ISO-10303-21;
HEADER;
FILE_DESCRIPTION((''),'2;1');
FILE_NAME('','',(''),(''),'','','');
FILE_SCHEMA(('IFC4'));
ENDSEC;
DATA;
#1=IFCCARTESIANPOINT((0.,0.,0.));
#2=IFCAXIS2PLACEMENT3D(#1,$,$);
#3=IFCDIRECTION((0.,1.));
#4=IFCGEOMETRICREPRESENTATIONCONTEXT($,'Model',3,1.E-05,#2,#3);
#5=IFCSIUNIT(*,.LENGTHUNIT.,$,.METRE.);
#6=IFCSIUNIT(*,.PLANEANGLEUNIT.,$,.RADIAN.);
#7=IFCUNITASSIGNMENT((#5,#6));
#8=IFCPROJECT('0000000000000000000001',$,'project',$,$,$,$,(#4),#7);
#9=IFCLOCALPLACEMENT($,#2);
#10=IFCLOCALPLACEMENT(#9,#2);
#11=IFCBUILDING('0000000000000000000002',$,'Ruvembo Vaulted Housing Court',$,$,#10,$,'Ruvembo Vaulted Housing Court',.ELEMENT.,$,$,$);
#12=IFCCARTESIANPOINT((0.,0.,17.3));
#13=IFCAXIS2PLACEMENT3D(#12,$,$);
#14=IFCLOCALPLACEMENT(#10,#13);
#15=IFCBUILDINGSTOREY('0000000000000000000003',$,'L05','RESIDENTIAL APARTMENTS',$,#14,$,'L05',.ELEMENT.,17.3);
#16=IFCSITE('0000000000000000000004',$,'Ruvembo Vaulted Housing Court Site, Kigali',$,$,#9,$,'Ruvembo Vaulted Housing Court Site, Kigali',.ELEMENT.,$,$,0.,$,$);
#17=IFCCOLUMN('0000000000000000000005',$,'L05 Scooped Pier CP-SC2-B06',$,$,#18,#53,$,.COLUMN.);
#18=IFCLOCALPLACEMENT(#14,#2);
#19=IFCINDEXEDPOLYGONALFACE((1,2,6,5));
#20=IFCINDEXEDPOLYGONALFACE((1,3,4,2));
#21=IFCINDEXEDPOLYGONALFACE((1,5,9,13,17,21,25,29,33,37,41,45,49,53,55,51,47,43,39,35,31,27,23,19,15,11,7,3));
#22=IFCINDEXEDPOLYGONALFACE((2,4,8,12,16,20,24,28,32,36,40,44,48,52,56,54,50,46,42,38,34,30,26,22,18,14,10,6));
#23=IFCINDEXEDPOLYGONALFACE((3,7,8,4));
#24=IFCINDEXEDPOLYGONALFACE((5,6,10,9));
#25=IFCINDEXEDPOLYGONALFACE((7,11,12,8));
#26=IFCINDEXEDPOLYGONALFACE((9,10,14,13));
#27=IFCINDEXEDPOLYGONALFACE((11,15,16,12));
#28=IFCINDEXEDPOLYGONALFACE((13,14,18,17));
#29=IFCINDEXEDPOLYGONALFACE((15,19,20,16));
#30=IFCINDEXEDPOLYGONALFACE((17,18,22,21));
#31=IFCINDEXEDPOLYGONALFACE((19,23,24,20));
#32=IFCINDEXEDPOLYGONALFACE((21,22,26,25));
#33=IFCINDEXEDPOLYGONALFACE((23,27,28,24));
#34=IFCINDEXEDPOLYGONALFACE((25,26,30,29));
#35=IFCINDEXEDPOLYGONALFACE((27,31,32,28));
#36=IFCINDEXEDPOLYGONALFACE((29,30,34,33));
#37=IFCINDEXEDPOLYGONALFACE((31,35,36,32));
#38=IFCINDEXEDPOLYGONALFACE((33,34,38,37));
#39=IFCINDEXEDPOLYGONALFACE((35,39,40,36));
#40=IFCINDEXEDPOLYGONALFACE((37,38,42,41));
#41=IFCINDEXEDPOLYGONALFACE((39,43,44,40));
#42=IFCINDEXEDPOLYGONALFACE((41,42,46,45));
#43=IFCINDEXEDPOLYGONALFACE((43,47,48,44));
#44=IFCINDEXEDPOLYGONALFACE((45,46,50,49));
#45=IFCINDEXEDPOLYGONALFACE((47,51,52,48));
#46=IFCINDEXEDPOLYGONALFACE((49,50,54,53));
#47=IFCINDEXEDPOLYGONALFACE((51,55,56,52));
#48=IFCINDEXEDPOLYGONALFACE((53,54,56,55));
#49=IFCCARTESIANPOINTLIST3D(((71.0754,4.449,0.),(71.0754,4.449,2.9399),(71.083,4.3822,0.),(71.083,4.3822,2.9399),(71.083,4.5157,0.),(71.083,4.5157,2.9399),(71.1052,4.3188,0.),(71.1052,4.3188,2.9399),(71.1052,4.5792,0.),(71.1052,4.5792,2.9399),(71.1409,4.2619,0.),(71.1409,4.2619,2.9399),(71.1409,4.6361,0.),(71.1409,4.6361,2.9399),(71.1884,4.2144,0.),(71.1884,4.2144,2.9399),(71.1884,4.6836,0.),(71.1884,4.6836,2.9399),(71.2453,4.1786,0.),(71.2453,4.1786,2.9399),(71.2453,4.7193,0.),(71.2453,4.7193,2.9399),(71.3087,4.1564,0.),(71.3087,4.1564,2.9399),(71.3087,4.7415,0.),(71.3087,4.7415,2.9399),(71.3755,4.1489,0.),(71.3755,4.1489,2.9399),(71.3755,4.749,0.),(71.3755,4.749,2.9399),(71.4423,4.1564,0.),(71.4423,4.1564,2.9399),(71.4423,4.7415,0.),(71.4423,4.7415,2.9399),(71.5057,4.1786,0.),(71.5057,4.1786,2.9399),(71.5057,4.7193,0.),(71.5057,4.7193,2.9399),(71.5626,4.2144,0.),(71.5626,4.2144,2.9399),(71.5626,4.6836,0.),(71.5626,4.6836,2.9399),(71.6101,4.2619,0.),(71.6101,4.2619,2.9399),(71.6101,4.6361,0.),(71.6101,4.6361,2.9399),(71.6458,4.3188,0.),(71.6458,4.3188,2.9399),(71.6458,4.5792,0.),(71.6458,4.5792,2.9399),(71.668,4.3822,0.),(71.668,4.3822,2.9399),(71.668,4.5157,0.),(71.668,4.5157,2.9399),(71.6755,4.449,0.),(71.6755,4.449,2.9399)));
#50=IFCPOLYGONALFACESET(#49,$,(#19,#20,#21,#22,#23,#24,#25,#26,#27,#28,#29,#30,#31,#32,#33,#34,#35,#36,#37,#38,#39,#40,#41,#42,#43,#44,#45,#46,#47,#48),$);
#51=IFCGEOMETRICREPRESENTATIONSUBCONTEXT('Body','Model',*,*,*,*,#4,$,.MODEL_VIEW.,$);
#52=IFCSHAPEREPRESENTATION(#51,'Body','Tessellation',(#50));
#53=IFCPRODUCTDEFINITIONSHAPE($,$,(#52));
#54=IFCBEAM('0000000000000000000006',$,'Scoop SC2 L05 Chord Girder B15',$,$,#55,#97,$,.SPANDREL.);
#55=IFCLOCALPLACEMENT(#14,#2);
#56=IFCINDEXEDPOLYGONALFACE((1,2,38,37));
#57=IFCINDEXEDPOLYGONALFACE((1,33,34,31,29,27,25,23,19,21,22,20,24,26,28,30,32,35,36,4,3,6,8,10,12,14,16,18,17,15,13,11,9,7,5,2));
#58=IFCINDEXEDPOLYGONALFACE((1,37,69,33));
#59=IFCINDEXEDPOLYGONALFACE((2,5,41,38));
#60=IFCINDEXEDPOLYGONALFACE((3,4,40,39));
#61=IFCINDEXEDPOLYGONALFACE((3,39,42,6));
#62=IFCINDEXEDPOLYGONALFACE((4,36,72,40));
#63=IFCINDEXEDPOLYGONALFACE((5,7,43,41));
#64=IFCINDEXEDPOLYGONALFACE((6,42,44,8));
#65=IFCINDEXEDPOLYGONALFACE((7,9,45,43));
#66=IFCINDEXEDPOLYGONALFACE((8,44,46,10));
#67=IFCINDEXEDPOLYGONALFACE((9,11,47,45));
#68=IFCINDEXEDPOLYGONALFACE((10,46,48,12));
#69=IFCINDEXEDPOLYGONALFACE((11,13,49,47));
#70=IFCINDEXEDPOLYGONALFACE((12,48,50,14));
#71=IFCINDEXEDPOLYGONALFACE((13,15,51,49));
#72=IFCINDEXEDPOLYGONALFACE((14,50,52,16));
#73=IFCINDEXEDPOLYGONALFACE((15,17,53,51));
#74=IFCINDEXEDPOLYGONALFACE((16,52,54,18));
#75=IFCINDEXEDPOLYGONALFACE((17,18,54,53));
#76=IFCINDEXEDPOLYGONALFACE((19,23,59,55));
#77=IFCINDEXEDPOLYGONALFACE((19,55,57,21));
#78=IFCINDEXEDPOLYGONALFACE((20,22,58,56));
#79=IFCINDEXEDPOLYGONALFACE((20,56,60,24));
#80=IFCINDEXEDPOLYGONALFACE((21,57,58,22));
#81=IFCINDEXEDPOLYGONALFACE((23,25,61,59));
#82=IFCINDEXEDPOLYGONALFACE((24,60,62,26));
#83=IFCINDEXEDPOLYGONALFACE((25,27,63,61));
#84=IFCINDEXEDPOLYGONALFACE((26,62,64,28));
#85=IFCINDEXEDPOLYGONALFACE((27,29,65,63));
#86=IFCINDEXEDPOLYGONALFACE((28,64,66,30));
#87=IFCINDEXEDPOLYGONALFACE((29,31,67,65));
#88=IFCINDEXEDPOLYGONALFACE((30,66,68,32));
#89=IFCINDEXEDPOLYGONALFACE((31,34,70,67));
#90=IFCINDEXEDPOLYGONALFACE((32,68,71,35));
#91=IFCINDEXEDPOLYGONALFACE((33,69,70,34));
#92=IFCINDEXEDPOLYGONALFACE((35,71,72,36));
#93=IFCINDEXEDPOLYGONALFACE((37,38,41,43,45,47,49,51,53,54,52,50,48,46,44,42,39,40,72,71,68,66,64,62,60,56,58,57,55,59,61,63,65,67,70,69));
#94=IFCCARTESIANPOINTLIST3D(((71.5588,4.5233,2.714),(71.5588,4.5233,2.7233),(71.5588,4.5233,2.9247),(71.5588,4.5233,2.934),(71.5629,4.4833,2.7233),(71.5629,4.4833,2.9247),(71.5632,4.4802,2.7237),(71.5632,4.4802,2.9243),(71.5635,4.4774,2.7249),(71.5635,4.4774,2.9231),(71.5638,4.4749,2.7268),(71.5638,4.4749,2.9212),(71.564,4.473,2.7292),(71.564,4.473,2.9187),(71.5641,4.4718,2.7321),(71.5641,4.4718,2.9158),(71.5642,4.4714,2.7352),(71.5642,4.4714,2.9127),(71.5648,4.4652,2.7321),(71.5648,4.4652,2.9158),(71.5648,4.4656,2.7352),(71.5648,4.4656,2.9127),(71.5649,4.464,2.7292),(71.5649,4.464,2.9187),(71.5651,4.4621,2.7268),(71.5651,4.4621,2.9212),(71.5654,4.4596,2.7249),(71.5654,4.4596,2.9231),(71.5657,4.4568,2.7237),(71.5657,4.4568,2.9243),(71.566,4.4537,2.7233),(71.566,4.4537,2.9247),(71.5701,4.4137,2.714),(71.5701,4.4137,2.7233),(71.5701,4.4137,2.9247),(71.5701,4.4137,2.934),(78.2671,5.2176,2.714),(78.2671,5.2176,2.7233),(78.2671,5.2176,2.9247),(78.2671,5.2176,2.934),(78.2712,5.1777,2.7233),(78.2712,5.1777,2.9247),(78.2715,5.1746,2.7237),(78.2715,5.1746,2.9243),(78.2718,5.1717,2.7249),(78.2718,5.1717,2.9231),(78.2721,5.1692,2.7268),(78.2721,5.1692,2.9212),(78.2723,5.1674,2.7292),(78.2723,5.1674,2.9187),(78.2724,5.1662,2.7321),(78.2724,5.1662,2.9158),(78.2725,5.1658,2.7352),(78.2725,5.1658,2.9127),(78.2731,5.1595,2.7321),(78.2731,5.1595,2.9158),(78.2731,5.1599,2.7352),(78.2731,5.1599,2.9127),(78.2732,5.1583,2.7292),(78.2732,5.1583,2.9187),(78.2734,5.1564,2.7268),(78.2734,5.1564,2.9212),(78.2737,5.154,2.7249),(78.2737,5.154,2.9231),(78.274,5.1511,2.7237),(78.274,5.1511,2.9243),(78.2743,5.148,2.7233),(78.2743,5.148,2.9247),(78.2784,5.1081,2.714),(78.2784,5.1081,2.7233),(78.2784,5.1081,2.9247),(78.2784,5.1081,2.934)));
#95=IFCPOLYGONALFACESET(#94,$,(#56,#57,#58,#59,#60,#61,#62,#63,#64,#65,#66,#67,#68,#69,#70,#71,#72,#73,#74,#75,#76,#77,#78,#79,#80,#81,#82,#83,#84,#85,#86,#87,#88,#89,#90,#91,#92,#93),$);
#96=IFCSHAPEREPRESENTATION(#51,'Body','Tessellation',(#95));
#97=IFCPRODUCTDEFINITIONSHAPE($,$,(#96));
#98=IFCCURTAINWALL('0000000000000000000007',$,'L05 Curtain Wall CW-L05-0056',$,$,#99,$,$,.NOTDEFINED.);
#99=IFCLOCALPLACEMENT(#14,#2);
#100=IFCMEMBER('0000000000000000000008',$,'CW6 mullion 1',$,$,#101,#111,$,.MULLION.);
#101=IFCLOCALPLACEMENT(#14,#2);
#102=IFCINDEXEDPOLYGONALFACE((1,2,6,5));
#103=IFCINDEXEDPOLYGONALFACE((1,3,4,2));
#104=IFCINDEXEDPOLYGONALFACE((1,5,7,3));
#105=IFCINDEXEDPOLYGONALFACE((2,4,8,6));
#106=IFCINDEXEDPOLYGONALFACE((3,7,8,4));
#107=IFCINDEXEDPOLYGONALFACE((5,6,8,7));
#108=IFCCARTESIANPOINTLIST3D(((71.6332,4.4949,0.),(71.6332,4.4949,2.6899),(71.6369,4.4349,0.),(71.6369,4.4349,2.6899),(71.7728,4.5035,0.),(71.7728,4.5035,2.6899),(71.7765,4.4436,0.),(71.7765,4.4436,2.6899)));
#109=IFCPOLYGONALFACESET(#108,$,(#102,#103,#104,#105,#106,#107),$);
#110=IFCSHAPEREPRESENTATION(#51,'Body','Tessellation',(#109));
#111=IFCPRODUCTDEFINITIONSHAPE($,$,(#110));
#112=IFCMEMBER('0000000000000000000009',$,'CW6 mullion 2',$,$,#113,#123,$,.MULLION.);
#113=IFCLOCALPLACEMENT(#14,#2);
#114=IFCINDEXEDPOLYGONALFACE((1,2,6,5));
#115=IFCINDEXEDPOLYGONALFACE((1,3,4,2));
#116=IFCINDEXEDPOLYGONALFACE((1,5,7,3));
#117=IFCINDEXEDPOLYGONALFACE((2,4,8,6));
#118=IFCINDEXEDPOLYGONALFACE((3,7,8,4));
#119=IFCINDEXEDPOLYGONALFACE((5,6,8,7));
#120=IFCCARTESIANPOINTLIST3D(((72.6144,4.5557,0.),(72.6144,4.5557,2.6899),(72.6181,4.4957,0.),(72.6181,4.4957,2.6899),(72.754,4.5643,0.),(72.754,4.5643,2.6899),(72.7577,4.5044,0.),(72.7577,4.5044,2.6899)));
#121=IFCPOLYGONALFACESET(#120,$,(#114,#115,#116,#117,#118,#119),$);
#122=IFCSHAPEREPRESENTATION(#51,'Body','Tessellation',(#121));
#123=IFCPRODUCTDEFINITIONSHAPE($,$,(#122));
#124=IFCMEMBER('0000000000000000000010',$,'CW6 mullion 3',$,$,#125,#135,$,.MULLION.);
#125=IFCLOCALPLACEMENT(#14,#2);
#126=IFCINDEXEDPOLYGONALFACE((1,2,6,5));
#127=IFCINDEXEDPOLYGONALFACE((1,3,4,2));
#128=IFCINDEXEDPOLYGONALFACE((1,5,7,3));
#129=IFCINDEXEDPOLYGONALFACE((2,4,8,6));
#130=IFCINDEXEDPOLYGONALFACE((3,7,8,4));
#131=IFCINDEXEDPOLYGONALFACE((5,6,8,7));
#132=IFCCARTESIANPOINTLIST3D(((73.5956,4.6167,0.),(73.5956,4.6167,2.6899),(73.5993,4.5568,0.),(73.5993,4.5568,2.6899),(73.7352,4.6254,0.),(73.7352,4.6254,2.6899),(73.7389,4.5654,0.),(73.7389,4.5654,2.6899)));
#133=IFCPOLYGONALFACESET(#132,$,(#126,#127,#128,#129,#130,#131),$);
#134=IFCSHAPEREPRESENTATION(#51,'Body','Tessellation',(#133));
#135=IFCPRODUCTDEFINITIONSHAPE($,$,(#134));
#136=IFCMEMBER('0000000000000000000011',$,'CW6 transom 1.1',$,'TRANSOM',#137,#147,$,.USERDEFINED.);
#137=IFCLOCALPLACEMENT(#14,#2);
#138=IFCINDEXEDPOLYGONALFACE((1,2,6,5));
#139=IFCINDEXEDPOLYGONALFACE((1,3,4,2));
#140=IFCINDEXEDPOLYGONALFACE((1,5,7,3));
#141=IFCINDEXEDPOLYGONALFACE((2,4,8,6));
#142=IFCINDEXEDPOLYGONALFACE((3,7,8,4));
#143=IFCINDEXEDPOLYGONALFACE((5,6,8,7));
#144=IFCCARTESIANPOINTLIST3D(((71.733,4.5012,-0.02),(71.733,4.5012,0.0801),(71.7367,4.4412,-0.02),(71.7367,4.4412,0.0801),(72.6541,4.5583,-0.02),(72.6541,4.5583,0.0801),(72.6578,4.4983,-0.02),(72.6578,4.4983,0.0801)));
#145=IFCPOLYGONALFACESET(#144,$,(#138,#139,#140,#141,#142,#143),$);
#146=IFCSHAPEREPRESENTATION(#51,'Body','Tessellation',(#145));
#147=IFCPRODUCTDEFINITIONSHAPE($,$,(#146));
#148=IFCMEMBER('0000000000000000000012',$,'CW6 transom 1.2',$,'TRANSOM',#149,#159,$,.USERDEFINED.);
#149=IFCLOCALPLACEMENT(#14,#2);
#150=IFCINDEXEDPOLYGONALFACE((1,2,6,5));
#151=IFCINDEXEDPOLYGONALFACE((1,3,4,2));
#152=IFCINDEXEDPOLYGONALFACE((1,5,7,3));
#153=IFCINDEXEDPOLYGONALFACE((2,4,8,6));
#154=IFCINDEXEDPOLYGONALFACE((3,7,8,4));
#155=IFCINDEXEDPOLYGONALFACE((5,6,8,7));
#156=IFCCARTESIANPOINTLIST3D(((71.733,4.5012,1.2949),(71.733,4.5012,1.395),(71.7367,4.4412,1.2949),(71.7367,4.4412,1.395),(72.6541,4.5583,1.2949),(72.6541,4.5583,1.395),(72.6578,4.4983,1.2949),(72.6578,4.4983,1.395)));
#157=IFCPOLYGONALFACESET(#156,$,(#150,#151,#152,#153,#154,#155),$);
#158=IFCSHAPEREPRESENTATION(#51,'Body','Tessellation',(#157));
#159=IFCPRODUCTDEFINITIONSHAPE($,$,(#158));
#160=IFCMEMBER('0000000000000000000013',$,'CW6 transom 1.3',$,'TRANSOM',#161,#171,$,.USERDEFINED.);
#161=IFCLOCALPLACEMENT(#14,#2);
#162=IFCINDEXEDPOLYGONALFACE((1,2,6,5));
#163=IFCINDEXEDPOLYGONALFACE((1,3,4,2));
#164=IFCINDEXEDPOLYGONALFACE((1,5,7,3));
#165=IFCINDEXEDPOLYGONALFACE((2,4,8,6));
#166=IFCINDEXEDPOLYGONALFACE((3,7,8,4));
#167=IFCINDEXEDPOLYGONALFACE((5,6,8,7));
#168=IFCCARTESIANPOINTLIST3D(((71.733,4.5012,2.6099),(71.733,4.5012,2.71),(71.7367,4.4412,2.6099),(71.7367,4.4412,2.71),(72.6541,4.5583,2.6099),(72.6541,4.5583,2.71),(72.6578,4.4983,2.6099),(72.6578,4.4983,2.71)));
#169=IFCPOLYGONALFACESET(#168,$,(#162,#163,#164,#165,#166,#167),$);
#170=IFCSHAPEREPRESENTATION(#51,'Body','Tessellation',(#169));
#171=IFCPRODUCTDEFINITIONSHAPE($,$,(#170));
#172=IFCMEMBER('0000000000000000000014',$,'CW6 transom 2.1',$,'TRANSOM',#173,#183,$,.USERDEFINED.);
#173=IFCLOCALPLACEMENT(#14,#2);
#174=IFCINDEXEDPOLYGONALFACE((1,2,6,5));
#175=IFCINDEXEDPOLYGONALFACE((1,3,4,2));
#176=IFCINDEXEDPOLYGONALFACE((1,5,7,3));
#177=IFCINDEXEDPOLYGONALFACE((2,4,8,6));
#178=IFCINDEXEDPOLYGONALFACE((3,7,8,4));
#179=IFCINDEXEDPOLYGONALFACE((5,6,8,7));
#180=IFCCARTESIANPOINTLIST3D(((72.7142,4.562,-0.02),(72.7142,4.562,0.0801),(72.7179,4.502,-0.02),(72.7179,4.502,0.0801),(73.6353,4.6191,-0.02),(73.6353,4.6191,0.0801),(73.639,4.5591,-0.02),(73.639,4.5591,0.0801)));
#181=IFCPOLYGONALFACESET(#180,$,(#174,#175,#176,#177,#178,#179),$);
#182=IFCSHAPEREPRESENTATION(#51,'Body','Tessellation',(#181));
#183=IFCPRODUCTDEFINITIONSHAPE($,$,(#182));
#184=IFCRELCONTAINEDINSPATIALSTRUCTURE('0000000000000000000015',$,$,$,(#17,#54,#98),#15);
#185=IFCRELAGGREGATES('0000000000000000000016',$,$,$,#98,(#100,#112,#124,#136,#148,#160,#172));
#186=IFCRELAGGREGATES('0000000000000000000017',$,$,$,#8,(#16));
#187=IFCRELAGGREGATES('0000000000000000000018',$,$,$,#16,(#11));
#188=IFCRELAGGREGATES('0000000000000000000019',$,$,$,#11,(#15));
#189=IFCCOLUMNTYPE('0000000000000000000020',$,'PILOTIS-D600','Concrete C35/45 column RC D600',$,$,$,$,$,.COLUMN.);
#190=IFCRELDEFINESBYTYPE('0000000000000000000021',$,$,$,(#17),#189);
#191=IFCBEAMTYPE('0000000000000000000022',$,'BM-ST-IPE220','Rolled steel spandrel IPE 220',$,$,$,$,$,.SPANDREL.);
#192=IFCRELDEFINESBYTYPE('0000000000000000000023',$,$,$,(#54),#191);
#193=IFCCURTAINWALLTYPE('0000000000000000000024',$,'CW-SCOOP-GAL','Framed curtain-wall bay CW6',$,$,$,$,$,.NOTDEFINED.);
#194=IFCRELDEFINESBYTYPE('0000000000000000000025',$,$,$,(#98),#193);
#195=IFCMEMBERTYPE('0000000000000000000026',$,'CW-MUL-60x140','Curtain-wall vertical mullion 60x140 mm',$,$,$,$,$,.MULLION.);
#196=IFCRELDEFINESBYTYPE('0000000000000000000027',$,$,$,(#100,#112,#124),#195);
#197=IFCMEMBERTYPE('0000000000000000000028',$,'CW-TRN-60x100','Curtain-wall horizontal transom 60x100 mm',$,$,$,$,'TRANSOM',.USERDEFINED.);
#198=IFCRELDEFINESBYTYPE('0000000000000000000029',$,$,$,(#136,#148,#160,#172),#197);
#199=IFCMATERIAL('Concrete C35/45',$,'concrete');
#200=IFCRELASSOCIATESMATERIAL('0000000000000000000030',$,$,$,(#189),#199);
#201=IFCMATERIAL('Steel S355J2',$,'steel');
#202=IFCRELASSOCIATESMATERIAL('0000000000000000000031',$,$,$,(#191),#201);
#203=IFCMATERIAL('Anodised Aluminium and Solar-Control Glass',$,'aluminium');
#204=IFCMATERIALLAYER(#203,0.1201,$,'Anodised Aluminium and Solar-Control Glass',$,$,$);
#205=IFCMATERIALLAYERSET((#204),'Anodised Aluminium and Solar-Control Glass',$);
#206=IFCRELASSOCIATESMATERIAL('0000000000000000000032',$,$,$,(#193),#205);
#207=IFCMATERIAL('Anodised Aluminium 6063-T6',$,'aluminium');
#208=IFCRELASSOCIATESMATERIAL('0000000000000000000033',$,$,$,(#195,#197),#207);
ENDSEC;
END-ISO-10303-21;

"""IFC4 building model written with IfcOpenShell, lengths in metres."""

from ifc_helpers import new_model, si_unit, direction, frame, origin, origin_2d, place, context, subcontext, project, spatial, rectangle, circle, i_section, extrude, material, layer, layer_set, material_profile, profile_set, type_object, element, aggregate, save


model = new_model("IFC4")

# Units and contexts
model_context = context("Model", 3, precision=1e-05, world=origin(), true_north=direction((0.0, 1.0)))
body_context = subcontext(model_context, "Body", "Model", "MODEL_VIEW")
ifc_project = project(units=[si_unit("LENGTHUNIT", "METRE"), si_unit("PLANEANGLEUNIT", "RADIAN")], contexts=[model_context])

# Site, building, storey
site_placement = place(None, origin())
site = spatial("IfcSite", under=ifc_project, at=site_placement, Name="Ruvembo Vaulted Housing Court Site, Kigali", LongName="Ruvembo Vaulted Housing Court Site, Kigali", CompositionType="ELEMENT", RefElevation=0.0)
building_placement = place(site_placement, origin())
building = spatial("IfcBuilding", under=site, at=building_placement, Name="Ruvembo Vaulted Housing Court", LongName="Ruvembo Vaulted Housing Court", CompositionType="ELEMENT")
storey_placement = place(building_placement, frame((0.0, 0.0, 17.3)))
storey = spatial("IfcBuildingStorey", under=building, at=storey_placement, Name="L05", Description="RESIDENTIAL APARTMENTS", LongName="L05", CompositionType="ELEMENT", Elevation=17.3)

# Column
ifc_material_1 = material(Name="Concrete C35/45", Category="concrete")
ifc_material_profile_1 = material_profile(ifc_material_1, circle(Radius=0.3, at=origin_2d()), Name="RC D600")
ifc_profile_set_1 = profile_set([ifc_material_profile_1], Name="Concrete C35/45")
column_type = type_object("IfcColumnType", Name="PILOTIS-D600", Description="Concrete C35/45 column RC D600", PredefinedType="COLUMN", material=ifc_profile_set_1)
column_placement = place(storey_placement, frame((71.3755, 4.449, 0.0), z_axis=(0.0, 0.0, 1.0), x_axis=(1.0, 0.0, 0.0)))
element("IfcColumn", 1, at=column_placement, inside=storey, type_object=column_type, Name="L05 Scooped Pier CP-SC2-B06", PredefinedType="COLUMN", context=body_context, shape_type="SweptSolid", body=[
    extrude(circle(Radius=0.3, at=origin_2d()), origin(), (0.0, 0.0, 1.0), 2.9399),
])

# Beam
ifc_material_2 = material(Name="Steel S355J2", Category="steel")
ifc_material_profile_2 = material_profile(ifc_material_2, i_section(OverallWidth=0.1101, OverallDepth=0.22, WebThickness=0.0059, FlangeThickness=0.0093, FilletRadius=0.012, at=origin_2d()), Name="IPE 220")
ifc_profile_set_2 = profile_set([ifc_material_profile_2], Name="Steel S355J2")
beam_type = type_object("IfcBeamType", Name="BM-ST-IPE220", Description="Rolled steel spandrel IPE 220", PredefinedType="SPANDREL", material=ifc_profile_set_2)
beam_placement = place(storey_placement, frame((71.5645, 4.4685, 2.824), z_axis=(0.994686, 0.102955, 0.0), x_axis=(-0.102955, 0.994686, 0.0)))
element("IfcBeam", 2, at=beam_placement, inside=storey, type_object=beam_type, Name="Scoop SC2 L05 Chord Girder B15", PredefinedType="SPANDREL", context=body_context, shape_type="SweptSolid", body=[
    extrude(i_section(OverallWidth=0.1101, OverallDepth=0.22, WebThickness=0.0059, FlangeThickness=0.0093, FilletRadius=0.012, at=origin_2d()), origin(), (0.0, 0.0, 1.0), 6.7441),
])

# Curtain wall, members
ifc_material_3 = material(Name="Anodised Aluminium and Solar-Control Glass", Category="aluminium")
ifc_layer_1 = layer(ifc_material_3, 0.1201, Name="Anodised Aluminium and Solar-Control Glass")
ifc_layer_set_1 = layer_set([ifc_layer_1], Name="Anodised Aluminium and Solar-Control Glass")
curtain_wall_type = type_object("IfcCurtainWallType", Name="CW-SCOOP-GAL", Description="Framed curtain-wall bay CW6", PredefinedType="NOTDEFINED", material=ifc_layer_set_1)
curtain_wall_placement = place(storey_placement, origin())
curtain_wall = element("IfcCurtainWall", 3, at=curtain_wall_placement, inside=storey, type_object=curtain_wall_type, Name="L05 Curtain Wall CW-L05-0056", PredefinedType="NOTDEFINED")
ifc_material_4 = material(Name="Anodised Aluminium 6063-T6", Category="aluminium")
ifc_material_profile_3 = material_profile(ifc_material_4, rectangle(XDim=0.0601, YDim=0.1399, at=origin_2d()), Name="ALU 60x140")
ifc_profile_set_3 = profile_set([ifc_material_profile_3], Name="Anodised Aluminium 6063-T6")
member_type_1 = type_object("IfcMemberType", Name="CW-MUL-60x140", Description="Curtain-wall vertical mullion 60x140 mm", PredefinedType="MULLION", material=ifc_profile_set_3)
member_1_placement = place(storey_placement, frame((71.7048, 4.4692, 0.0), z_axis=(0.0, 0.0, 1.0), x_axis=(-0.061844, 0.998086, 0.0)))
member_1 = element("IfcMember", 4, at=member_1_placement, type_object=member_type_1, Name="CW6 mullion 1", PredefinedType="MULLION", context=body_context, shape_type="SweptSolid", body=[
    extrude(rectangle(XDim=0.0601, YDim=0.1399, at=origin_2d()), origin(), (0.0, 0.0, 1.0), 2.6899),
])
member_2_placement = place(storey_placement, frame((72.686, 4.53, 0.0), z_axis=(0.0, 0.0, 1.0), x_axis=(-0.061844, 0.998086, 0.0)))
member_2 = element("IfcMember", 5, at=member_2_placement, type_object=member_type_1, Name="CW6 mullion 2", PredefinedType="MULLION", context=body_context, shape_type="SweptSolid", body=[
    extrude(rectangle(XDim=0.0601, YDim=0.1399, at=origin_2d()), origin(), (0.0, 0.0, 1.0), 2.6899),
])
member_3_placement = place(storey_placement, frame((73.6672, 4.5911, 0.0), z_axis=(0.0, 0.0, 1.0), x_axis=(-0.061844, 0.998086, 0.0)))
member_3 = element("IfcMember", 6, at=member_3_placement, type_object=member_type_1, Name="CW6 mullion 3", PredefinedType="MULLION", context=body_context, shape_type="SweptSolid", body=[
    extrude(rectangle(XDim=0.0601, YDim=0.1399, at=origin_2d()), origin(), (0.0, 0.0, 1.0), 2.6899),
])
ifc_material_profile_4 = material_profile(ifc_material_4, rectangle(XDim=0.0601, YDim=0.1001, at=origin_2d()), Name="ALU 60x100")
ifc_profile_set_4 = profile_set([ifc_material_profile_4], Name="Anodised Aluminium 6063-T6")
member_type_2 = type_object("IfcMemberType", Name="CW-TRN-60x100", Description="Curtain-wall horizontal transom 60x100 mm", ElementType="TRANSOM", PredefinedType="USERDEFINED", material=ifc_profile_set_4)
member_4_placement = place(storey_placement, frame((71.7349, 4.4712, 0.03), z_axis=(0.998082, 0.061901, 0.0), x_axis=(-0.061901, 0.998082, 0.0)))
member_4 = element("IfcMember", 7, at=member_4_placement, type_object=member_type_2, Name="CW6 transom 1.1", ObjectType="TRANSOM", PredefinedType="USERDEFINED", context=body_context, shape_type="SweptSolid", body=[
    extrude(rectangle(XDim=0.0601, YDim=0.1001, at=origin_2d()), origin(), (0.0, 0.0, 1.0), 0.9229),
])
member_5_placement = place(storey_placement, frame((71.7349, 4.4712, 1.345), z_axis=(0.998082, 0.061901, 0.0), x_axis=(-0.061901, 0.998082, 0.0)))
member_5 = element("IfcMember", 8, at=member_5_placement, type_object=member_type_2, Name="CW6 transom 1.2", ObjectType="TRANSOM", PredefinedType="USERDEFINED", context=body_context, shape_type="SweptSolid", body=[
    extrude(rectangle(XDim=0.0601, YDim=0.1001, at=origin_2d()), origin(), (0.0, 0.0, 1.0), 0.9229),
])
member_6_placement = place(storey_placement, frame((71.7349, 4.4712, 2.6599), z_axis=(0.998082, 0.061901, 0.0), x_axis=(-0.061901, 0.998082, 0.0)))
member_6 = element("IfcMember", 9, at=member_6_placement, type_object=member_type_2, Name="CW6 transom 1.3", ObjectType="TRANSOM", PredefinedType="USERDEFINED", context=body_context, shape_type="SweptSolid", body=[
    extrude(rectangle(XDim=0.0601, YDim=0.1001, at=origin_2d()), origin(), (0.0, 0.0, 1.0), 0.9229),
])
member_7_placement = place(storey_placement, frame((72.7161, 4.532, 0.03), z_axis=(0.998082, 0.061901, 0.0), x_axis=(-0.061901, 0.998082, 0.0)))
member_7 = element("IfcMember", 10, at=member_7_placement, type_object=member_type_2, Name="CW6 transom 2.1", ObjectType="TRANSOM", PredefinedType="USERDEFINED", context=body_context, shape_type="SweptSolid", body=[
    extrude(rectangle(XDim=0.0601, YDim=0.1001, at=origin_2d()), origin(), (0.0, 0.0, 1.0), 0.9229),
])
aggregate(curtain_wall, [member_1, member_2, member_3, member_4, member_5, member_6, member_7])

save(model, "model.ifc")
